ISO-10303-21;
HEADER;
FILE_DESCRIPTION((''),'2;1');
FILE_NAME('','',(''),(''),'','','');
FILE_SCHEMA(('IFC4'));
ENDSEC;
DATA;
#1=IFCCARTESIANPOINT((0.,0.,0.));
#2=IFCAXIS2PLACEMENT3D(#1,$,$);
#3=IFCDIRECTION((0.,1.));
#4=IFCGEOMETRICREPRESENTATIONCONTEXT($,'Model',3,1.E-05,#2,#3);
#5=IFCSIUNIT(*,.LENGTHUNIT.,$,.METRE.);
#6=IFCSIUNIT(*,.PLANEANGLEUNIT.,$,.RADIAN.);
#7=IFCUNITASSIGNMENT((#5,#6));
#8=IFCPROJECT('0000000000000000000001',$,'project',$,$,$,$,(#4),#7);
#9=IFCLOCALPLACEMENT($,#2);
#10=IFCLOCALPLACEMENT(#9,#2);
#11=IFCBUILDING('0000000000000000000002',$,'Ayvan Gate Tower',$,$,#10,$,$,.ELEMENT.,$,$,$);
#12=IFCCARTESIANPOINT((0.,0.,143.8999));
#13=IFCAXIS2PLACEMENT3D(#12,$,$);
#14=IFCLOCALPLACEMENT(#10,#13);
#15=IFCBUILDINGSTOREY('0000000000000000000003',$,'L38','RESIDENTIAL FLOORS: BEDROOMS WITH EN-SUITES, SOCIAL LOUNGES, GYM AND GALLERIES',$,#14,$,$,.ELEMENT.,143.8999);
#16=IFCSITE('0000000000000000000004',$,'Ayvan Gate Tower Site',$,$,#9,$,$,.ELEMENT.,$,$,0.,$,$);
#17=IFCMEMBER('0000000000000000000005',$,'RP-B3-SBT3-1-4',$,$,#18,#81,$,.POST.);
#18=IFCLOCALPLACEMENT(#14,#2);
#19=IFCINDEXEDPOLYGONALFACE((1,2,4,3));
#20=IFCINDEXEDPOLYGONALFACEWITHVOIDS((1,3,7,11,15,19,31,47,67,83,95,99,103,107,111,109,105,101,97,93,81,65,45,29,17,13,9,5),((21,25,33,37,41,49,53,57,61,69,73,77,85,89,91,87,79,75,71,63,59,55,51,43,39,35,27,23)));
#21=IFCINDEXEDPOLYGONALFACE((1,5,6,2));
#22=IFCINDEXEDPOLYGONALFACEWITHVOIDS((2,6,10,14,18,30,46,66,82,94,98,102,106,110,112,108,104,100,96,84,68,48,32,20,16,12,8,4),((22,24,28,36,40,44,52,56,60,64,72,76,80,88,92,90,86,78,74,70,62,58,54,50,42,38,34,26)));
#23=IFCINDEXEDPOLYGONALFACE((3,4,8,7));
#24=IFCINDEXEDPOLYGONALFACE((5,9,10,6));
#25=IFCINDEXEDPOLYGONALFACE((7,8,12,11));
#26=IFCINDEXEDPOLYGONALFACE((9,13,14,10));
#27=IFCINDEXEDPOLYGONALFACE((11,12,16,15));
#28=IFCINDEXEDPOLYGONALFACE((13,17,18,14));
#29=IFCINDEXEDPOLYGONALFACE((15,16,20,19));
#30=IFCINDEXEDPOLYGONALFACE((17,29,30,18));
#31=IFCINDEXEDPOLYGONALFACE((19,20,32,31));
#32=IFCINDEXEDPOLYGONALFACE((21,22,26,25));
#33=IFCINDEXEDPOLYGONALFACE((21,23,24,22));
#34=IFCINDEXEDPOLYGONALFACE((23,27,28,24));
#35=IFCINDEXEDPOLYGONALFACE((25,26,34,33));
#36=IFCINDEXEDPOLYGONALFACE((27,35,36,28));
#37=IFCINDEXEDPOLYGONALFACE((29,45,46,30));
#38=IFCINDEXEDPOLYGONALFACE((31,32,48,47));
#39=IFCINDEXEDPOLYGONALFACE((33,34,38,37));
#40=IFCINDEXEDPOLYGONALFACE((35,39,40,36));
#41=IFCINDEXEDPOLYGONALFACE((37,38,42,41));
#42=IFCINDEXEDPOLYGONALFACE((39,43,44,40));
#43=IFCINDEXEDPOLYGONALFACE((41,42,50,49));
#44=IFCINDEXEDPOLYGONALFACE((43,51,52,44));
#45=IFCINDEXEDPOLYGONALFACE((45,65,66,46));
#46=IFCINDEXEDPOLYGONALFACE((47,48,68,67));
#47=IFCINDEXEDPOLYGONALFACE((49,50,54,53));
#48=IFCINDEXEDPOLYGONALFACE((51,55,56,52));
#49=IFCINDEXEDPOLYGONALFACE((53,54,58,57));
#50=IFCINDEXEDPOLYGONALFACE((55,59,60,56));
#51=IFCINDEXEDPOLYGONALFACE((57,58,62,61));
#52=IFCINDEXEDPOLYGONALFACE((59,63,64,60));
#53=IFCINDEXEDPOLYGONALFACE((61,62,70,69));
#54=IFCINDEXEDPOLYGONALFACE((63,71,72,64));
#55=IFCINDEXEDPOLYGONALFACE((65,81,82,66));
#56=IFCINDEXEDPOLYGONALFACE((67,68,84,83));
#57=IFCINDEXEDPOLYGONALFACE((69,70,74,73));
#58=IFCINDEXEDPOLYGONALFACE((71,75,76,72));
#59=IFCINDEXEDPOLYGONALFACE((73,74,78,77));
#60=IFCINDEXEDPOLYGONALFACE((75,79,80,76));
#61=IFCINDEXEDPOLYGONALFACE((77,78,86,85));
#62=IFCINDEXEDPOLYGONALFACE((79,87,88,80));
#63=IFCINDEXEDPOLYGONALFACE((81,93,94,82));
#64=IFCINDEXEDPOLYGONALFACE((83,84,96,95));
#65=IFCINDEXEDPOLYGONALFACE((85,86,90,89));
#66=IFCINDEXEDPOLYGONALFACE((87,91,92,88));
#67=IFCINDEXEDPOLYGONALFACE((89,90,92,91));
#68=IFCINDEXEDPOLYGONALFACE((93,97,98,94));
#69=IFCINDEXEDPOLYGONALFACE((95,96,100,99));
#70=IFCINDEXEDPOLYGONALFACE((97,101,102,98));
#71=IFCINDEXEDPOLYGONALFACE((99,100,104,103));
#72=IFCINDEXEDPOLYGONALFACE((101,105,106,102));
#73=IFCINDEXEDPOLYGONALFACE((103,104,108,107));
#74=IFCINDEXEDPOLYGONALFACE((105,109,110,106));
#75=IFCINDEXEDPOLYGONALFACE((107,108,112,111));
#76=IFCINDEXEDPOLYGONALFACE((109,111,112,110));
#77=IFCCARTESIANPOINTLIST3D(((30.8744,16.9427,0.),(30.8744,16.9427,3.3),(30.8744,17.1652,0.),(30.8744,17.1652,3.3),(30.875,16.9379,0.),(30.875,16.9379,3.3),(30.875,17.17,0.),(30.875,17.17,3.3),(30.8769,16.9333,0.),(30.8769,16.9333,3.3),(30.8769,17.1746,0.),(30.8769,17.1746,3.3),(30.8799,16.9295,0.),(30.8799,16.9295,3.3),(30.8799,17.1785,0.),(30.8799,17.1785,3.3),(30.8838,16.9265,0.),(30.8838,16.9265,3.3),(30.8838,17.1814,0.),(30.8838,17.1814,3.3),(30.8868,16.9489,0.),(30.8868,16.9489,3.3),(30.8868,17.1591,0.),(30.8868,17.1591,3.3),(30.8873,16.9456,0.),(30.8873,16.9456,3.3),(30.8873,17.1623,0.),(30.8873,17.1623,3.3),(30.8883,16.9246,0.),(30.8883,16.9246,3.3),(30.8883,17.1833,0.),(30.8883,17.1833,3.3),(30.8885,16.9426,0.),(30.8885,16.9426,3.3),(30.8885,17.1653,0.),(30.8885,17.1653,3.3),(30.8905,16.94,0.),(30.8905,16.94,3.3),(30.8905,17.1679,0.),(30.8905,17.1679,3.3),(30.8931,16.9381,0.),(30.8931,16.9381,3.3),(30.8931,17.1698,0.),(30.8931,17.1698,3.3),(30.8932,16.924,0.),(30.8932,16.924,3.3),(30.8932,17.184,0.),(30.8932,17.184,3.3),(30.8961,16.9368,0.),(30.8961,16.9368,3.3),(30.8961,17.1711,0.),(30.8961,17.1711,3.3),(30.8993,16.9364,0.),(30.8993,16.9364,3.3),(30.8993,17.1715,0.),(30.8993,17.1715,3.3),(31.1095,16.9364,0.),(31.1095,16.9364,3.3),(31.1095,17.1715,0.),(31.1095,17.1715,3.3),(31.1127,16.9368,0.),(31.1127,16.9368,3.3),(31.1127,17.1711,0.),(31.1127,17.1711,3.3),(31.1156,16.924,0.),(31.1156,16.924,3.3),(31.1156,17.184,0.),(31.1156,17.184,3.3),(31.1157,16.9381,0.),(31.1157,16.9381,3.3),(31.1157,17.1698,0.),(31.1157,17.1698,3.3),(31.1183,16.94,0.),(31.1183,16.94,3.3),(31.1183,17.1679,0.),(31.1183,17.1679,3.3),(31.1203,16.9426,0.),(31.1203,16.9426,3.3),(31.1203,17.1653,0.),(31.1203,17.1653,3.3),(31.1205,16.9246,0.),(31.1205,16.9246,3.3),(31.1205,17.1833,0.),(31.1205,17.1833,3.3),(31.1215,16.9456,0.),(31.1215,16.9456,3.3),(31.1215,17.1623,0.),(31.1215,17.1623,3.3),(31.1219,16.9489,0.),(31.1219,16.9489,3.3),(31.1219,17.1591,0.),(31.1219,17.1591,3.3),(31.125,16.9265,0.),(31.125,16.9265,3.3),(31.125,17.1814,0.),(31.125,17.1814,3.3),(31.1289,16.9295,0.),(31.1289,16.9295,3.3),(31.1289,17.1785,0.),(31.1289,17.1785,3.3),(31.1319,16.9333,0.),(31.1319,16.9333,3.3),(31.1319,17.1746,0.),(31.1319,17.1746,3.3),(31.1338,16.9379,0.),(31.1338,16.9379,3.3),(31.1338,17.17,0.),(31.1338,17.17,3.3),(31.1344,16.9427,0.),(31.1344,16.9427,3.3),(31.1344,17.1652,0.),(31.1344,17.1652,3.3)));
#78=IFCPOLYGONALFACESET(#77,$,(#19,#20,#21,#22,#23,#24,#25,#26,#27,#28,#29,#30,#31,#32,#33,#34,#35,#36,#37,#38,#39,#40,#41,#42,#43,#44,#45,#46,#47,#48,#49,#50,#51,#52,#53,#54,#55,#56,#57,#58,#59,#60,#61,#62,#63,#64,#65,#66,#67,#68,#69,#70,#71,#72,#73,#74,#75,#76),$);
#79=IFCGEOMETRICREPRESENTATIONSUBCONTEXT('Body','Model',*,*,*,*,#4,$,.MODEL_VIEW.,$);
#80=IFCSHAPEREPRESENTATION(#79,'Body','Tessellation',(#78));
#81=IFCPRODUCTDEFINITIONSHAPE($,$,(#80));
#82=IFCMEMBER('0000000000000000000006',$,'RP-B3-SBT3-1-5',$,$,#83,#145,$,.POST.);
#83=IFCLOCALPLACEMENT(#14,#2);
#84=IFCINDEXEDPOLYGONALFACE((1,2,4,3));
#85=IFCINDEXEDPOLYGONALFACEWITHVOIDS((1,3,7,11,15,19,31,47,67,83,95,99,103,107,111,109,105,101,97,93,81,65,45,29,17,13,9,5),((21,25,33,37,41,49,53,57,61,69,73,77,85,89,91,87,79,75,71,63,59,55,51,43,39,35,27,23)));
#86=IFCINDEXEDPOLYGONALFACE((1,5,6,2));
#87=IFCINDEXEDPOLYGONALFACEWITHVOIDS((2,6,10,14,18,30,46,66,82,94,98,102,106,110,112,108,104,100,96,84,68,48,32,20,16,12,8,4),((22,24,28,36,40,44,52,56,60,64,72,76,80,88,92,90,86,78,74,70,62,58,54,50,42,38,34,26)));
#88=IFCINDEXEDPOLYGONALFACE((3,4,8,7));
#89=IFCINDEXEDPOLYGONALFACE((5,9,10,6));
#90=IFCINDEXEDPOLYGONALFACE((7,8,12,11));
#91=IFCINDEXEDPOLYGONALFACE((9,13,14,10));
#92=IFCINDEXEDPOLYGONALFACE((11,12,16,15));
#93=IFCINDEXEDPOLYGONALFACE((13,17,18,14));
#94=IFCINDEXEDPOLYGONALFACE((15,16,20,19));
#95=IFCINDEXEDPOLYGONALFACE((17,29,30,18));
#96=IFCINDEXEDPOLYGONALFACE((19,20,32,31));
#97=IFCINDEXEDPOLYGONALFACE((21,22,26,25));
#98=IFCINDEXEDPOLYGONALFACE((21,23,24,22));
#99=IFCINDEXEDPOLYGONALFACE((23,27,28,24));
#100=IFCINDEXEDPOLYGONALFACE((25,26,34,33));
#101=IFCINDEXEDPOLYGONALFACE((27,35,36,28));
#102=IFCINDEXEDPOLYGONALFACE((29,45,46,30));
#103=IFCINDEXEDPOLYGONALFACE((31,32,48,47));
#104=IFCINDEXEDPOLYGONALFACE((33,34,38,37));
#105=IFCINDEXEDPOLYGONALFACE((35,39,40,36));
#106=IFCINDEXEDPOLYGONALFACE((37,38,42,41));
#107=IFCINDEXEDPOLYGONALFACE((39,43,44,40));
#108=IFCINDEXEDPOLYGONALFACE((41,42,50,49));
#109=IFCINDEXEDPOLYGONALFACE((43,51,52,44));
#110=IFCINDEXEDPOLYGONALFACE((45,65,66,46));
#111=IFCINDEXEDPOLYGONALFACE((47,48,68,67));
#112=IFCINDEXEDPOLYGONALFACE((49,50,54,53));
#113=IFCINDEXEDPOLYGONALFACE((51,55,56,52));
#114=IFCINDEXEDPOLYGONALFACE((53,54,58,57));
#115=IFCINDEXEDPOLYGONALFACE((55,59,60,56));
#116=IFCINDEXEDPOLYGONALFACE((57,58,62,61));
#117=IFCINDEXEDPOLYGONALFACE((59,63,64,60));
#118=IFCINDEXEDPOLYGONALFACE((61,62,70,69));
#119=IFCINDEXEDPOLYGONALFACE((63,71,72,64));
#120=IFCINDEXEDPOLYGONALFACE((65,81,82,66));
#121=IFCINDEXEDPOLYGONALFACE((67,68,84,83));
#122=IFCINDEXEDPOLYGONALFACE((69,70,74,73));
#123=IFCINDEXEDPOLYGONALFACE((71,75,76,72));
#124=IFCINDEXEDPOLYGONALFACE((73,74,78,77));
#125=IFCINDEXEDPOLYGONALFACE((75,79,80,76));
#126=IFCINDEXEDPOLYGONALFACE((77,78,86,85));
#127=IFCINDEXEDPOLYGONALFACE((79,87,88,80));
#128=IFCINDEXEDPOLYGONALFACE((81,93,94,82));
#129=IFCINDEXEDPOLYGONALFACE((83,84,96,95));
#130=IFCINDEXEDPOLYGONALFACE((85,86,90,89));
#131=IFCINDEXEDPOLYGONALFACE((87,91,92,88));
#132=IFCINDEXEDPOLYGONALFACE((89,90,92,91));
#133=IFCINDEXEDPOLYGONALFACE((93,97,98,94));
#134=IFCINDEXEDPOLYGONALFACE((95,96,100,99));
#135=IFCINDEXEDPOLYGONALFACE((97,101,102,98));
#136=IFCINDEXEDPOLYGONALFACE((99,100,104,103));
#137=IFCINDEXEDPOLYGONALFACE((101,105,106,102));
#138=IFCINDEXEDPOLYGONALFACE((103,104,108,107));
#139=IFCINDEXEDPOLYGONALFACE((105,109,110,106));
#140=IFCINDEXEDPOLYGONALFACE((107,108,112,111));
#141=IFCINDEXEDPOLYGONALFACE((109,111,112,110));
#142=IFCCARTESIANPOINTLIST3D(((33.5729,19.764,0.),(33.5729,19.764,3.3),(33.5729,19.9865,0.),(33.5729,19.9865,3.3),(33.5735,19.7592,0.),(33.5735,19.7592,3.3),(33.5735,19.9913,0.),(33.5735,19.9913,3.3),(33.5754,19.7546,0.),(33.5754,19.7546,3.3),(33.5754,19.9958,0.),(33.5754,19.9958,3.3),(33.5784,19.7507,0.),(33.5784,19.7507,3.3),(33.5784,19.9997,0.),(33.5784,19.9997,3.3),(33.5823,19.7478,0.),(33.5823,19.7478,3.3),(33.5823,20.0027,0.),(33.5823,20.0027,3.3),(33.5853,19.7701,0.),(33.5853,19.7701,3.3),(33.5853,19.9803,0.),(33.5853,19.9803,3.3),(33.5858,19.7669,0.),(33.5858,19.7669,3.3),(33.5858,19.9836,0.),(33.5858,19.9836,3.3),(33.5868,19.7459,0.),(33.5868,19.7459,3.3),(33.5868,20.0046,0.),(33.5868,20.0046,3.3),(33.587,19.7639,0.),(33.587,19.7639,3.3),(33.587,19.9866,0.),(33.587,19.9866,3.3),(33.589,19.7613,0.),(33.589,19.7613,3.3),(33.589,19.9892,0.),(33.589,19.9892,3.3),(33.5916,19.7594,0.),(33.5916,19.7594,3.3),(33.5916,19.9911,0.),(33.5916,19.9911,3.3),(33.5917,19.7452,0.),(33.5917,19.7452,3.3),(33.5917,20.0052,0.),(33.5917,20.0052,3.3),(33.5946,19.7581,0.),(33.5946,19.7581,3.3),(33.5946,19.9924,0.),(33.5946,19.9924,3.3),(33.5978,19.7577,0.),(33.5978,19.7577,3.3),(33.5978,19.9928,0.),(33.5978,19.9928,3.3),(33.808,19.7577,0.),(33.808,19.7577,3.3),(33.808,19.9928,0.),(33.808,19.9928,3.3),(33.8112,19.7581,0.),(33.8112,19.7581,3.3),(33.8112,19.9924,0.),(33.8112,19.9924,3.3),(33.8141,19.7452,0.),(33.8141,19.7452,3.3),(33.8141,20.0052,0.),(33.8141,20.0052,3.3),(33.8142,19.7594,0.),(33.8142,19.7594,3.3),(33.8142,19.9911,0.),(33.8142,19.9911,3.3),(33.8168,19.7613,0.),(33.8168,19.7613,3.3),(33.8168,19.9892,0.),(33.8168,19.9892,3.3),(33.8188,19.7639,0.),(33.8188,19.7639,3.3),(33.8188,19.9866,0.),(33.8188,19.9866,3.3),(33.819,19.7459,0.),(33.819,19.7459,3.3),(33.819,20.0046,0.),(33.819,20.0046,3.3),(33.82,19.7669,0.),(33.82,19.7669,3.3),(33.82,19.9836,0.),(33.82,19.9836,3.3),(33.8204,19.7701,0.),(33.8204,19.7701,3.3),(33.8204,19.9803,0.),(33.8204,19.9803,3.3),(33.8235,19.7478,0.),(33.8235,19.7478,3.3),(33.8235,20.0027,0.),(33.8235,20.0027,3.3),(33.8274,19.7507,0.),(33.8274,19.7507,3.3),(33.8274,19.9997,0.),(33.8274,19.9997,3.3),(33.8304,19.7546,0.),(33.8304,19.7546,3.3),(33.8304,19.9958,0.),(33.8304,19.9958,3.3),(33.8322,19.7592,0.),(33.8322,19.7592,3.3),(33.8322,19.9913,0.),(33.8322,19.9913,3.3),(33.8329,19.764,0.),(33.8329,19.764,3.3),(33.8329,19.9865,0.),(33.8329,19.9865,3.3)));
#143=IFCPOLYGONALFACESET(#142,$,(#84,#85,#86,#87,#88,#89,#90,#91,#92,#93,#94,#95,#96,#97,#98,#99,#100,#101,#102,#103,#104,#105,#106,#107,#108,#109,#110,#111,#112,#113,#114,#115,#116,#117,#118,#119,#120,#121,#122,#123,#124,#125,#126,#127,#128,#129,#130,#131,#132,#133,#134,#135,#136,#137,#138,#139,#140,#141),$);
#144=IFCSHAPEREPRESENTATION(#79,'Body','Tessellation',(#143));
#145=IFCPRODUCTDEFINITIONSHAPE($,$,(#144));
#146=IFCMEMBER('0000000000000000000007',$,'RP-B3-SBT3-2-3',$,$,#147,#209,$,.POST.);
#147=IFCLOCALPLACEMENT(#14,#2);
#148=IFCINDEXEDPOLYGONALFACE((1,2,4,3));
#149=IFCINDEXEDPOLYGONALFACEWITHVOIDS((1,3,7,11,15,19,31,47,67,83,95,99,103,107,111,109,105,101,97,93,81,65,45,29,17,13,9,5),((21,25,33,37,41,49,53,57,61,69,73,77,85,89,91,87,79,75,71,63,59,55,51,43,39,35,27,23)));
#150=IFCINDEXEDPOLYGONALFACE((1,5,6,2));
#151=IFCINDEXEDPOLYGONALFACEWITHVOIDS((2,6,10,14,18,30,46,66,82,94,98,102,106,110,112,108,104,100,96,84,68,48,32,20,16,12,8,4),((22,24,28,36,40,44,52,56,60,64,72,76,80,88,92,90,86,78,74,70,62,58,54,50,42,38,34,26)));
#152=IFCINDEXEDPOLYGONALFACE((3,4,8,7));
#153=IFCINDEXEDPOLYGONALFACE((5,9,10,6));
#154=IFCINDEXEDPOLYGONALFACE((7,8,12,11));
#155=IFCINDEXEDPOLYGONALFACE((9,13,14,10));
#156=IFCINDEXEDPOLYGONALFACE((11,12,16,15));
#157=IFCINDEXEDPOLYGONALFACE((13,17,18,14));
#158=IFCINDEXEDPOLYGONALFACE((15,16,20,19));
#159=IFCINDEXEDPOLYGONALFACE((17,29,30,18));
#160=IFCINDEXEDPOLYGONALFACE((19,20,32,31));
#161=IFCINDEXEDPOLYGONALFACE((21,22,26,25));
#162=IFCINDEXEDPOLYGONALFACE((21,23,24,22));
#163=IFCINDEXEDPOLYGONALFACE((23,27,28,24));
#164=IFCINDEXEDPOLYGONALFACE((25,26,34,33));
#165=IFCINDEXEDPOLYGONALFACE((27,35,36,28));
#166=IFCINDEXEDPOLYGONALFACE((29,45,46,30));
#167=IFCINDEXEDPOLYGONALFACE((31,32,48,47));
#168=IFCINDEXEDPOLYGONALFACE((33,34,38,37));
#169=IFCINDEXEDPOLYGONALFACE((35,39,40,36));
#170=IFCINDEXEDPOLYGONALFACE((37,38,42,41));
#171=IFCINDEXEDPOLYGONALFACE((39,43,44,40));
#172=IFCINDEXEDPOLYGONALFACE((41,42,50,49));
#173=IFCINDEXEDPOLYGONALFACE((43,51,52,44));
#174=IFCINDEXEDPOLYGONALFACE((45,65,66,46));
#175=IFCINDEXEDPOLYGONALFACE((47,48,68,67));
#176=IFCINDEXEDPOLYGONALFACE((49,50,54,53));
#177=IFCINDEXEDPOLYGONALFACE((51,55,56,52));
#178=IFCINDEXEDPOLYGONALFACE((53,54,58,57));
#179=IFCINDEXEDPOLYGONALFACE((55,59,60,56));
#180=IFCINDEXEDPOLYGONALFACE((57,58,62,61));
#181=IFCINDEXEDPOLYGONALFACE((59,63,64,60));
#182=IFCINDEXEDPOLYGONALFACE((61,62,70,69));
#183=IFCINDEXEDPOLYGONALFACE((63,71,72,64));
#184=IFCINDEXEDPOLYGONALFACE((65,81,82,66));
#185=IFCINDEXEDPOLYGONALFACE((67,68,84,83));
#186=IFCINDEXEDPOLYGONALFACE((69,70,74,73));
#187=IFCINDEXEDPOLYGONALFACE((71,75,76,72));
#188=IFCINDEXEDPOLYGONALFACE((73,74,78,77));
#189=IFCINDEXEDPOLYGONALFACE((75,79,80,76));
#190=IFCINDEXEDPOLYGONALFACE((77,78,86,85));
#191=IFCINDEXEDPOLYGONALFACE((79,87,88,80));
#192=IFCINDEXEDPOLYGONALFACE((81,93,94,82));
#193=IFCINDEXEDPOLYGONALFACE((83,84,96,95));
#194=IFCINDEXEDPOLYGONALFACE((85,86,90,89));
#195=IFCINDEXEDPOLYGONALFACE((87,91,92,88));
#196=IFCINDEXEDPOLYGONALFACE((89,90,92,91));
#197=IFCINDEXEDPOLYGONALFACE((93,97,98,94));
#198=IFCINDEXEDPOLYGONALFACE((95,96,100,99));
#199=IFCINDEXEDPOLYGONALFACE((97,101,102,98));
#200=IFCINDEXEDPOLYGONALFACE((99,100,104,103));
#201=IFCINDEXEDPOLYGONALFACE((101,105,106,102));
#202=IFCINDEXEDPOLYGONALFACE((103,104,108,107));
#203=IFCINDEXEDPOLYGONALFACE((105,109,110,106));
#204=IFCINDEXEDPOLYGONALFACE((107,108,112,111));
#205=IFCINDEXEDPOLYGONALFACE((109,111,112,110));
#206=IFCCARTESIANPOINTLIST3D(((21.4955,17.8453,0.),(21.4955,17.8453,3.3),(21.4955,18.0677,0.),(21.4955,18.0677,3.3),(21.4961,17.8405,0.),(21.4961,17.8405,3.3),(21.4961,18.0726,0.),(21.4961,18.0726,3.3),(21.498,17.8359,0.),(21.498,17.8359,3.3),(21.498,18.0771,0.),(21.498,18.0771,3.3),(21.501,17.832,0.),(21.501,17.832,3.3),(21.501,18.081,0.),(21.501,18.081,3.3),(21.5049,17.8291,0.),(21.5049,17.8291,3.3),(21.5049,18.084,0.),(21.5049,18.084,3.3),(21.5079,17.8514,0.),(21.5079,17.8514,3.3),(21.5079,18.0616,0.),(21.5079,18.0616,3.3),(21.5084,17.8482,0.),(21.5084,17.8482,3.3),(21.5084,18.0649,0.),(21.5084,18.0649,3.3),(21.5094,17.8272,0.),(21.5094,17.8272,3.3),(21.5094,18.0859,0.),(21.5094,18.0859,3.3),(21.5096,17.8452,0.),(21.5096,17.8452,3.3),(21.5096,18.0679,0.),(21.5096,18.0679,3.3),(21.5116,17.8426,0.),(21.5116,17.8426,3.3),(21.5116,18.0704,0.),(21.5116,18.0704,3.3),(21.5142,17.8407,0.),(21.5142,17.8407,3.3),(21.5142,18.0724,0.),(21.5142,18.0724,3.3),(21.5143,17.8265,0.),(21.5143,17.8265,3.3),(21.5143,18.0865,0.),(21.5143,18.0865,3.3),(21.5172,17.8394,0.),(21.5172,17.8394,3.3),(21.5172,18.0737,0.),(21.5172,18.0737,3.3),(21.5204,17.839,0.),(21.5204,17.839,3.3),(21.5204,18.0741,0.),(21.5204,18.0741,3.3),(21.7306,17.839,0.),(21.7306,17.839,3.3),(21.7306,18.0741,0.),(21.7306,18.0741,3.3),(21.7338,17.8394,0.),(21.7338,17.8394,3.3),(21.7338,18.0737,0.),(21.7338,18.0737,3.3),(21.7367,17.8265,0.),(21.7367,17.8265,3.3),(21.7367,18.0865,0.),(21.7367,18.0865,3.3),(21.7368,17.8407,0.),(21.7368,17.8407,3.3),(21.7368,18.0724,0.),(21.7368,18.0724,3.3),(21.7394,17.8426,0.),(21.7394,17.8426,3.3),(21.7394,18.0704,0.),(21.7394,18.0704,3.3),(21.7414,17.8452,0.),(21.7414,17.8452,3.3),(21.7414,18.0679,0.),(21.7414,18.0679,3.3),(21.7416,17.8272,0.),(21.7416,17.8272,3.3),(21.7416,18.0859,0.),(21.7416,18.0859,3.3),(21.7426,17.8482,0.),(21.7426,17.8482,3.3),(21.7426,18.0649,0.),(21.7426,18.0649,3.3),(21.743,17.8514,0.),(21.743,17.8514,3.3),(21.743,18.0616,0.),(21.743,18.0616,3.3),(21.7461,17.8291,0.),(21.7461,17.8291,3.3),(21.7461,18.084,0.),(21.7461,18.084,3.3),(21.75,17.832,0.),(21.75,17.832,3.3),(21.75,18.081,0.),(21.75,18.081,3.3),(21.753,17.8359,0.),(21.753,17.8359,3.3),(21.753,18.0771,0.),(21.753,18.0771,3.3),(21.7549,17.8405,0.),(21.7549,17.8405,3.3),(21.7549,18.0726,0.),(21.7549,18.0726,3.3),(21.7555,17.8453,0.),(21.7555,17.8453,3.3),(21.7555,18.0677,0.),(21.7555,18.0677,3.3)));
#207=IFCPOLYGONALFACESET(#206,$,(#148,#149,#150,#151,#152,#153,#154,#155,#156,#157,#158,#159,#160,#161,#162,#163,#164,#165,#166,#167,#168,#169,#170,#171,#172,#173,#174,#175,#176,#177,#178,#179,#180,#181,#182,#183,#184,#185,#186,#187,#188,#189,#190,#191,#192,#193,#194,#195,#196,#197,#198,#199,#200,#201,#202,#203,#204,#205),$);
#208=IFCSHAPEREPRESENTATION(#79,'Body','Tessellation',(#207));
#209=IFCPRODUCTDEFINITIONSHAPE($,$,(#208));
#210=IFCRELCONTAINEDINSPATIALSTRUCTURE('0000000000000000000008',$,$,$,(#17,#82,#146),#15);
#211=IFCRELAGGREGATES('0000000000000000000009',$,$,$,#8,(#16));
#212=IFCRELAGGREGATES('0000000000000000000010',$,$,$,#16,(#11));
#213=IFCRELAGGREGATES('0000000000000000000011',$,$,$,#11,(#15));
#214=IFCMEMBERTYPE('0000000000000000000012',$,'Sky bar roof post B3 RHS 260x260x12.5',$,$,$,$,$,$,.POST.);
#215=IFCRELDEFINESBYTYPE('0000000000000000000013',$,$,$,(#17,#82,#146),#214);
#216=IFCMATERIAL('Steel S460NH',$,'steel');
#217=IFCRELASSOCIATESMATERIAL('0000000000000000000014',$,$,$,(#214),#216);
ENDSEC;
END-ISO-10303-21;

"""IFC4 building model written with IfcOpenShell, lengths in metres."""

from ifc_helpers import new_model, si_unit, direction, frame, origin, origin_2d, place, context, subcontext, project, spatial, hollow_rectangle, extrude, material, material_profile, profile_set, type_object, element, save


model = new_model("IFC4")

# Units and contexts
model_context = context("Model", 3, precision=1e-05, world=origin(), true_north=direction((0.0, 1.0)))
body_context = subcontext(model_context, "Body", "Model", "MODEL_VIEW")
ifc_project = project(units=[si_unit("LENGTHUNIT", "METRE"), si_unit("PLANEANGLEUNIT", "RADIAN")], contexts=[model_context])

# Site, building, storey
site_placement = place(None, origin())
site = spatial("IfcSite", under=ifc_project, at=site_placement, Name="Ayvan Gate Tower Site", CompositionType="ELEMENT", RefElevation=0.0)
building_placement = place(site_placement, origin())
building = spatial("IfcBuilding", under=site, at=building_placement, Name="Ayvan Gate Tower", CompositionType="ELEMENT")
storey_placement = place(building_placement, frame((0.0, 0.0, 143.8999)))
storey = spatial("IfcBuildingStorey", under=building, at=storey_placement, Name="L38", Description="RESIDENTIAL FLOORS: BEDROOMS WITH EN-SUITES, SOCIAL LOUNGES, GYM AND GALLERIES", CompositionType="ELEMENT", Elevation=143.8999)

# Members
ifc_material_1 = material(Name="Steel S460NH", Category="steel")
ifc_material_profile_1 = material_profile(ifc_material_1, hollow_rectangle(XDim=0.26, YDim=0.26, WallThickness=0.0125, InnerFilletRadius=0.0125, OuterFilletRadius=0.0188, at=origin_2d()), Name="RHS 260x260x12.5")
ifc_profile_set_1 = profile_set([ifc_material_profile_1], Name="Steel S460NH")
member_type_1 = type_object("IfcMemberType", Name="Sky bar roof post B3 RHS 260x260x12.5", PredefinedType="POST", material=ifc_profile_set_1)
for number, where, z_axis, x_axis, name in (
    (1, (31.0044, 17.054, 0.0), (0.0, 0.0, 1.0), (1.0, 0.0, 0.0), "RP-B3-SBT3-1-4"),
    (2, (33.7029, 19.8752, 0.0), (0.0, 0.0, 1.0), (1.0, 0.0, 0.0), "RP-B3-SBT3-1-5"),
    (3, (21.6255, 17.9565, 0.0), (0.0, 0.0, 1.0), (1.0, 0.0, 0.0), "RP-B3-SBT3-2-3"),
):
    element("IfcMember", number, at=place(storey_placement, frame(where, z_axis=z_axis, x_axis=x_axis)), inside=storey, type_object=member_type_1, Name=name, PredefinedType="POST", context=body_context, shape_type="SweptSolid", body=[
        extrude(hollow_rectangle(XDim=0.26, YDim=0.26, WallThickness=0.0125, InnerFilletRadius=0.0125, OuterFilletRadius=0.0188, at=origin_2d()), origin(), (0.0, 0.0, 1.0), 3.3),
    ])

save(model, "model.ifc")
